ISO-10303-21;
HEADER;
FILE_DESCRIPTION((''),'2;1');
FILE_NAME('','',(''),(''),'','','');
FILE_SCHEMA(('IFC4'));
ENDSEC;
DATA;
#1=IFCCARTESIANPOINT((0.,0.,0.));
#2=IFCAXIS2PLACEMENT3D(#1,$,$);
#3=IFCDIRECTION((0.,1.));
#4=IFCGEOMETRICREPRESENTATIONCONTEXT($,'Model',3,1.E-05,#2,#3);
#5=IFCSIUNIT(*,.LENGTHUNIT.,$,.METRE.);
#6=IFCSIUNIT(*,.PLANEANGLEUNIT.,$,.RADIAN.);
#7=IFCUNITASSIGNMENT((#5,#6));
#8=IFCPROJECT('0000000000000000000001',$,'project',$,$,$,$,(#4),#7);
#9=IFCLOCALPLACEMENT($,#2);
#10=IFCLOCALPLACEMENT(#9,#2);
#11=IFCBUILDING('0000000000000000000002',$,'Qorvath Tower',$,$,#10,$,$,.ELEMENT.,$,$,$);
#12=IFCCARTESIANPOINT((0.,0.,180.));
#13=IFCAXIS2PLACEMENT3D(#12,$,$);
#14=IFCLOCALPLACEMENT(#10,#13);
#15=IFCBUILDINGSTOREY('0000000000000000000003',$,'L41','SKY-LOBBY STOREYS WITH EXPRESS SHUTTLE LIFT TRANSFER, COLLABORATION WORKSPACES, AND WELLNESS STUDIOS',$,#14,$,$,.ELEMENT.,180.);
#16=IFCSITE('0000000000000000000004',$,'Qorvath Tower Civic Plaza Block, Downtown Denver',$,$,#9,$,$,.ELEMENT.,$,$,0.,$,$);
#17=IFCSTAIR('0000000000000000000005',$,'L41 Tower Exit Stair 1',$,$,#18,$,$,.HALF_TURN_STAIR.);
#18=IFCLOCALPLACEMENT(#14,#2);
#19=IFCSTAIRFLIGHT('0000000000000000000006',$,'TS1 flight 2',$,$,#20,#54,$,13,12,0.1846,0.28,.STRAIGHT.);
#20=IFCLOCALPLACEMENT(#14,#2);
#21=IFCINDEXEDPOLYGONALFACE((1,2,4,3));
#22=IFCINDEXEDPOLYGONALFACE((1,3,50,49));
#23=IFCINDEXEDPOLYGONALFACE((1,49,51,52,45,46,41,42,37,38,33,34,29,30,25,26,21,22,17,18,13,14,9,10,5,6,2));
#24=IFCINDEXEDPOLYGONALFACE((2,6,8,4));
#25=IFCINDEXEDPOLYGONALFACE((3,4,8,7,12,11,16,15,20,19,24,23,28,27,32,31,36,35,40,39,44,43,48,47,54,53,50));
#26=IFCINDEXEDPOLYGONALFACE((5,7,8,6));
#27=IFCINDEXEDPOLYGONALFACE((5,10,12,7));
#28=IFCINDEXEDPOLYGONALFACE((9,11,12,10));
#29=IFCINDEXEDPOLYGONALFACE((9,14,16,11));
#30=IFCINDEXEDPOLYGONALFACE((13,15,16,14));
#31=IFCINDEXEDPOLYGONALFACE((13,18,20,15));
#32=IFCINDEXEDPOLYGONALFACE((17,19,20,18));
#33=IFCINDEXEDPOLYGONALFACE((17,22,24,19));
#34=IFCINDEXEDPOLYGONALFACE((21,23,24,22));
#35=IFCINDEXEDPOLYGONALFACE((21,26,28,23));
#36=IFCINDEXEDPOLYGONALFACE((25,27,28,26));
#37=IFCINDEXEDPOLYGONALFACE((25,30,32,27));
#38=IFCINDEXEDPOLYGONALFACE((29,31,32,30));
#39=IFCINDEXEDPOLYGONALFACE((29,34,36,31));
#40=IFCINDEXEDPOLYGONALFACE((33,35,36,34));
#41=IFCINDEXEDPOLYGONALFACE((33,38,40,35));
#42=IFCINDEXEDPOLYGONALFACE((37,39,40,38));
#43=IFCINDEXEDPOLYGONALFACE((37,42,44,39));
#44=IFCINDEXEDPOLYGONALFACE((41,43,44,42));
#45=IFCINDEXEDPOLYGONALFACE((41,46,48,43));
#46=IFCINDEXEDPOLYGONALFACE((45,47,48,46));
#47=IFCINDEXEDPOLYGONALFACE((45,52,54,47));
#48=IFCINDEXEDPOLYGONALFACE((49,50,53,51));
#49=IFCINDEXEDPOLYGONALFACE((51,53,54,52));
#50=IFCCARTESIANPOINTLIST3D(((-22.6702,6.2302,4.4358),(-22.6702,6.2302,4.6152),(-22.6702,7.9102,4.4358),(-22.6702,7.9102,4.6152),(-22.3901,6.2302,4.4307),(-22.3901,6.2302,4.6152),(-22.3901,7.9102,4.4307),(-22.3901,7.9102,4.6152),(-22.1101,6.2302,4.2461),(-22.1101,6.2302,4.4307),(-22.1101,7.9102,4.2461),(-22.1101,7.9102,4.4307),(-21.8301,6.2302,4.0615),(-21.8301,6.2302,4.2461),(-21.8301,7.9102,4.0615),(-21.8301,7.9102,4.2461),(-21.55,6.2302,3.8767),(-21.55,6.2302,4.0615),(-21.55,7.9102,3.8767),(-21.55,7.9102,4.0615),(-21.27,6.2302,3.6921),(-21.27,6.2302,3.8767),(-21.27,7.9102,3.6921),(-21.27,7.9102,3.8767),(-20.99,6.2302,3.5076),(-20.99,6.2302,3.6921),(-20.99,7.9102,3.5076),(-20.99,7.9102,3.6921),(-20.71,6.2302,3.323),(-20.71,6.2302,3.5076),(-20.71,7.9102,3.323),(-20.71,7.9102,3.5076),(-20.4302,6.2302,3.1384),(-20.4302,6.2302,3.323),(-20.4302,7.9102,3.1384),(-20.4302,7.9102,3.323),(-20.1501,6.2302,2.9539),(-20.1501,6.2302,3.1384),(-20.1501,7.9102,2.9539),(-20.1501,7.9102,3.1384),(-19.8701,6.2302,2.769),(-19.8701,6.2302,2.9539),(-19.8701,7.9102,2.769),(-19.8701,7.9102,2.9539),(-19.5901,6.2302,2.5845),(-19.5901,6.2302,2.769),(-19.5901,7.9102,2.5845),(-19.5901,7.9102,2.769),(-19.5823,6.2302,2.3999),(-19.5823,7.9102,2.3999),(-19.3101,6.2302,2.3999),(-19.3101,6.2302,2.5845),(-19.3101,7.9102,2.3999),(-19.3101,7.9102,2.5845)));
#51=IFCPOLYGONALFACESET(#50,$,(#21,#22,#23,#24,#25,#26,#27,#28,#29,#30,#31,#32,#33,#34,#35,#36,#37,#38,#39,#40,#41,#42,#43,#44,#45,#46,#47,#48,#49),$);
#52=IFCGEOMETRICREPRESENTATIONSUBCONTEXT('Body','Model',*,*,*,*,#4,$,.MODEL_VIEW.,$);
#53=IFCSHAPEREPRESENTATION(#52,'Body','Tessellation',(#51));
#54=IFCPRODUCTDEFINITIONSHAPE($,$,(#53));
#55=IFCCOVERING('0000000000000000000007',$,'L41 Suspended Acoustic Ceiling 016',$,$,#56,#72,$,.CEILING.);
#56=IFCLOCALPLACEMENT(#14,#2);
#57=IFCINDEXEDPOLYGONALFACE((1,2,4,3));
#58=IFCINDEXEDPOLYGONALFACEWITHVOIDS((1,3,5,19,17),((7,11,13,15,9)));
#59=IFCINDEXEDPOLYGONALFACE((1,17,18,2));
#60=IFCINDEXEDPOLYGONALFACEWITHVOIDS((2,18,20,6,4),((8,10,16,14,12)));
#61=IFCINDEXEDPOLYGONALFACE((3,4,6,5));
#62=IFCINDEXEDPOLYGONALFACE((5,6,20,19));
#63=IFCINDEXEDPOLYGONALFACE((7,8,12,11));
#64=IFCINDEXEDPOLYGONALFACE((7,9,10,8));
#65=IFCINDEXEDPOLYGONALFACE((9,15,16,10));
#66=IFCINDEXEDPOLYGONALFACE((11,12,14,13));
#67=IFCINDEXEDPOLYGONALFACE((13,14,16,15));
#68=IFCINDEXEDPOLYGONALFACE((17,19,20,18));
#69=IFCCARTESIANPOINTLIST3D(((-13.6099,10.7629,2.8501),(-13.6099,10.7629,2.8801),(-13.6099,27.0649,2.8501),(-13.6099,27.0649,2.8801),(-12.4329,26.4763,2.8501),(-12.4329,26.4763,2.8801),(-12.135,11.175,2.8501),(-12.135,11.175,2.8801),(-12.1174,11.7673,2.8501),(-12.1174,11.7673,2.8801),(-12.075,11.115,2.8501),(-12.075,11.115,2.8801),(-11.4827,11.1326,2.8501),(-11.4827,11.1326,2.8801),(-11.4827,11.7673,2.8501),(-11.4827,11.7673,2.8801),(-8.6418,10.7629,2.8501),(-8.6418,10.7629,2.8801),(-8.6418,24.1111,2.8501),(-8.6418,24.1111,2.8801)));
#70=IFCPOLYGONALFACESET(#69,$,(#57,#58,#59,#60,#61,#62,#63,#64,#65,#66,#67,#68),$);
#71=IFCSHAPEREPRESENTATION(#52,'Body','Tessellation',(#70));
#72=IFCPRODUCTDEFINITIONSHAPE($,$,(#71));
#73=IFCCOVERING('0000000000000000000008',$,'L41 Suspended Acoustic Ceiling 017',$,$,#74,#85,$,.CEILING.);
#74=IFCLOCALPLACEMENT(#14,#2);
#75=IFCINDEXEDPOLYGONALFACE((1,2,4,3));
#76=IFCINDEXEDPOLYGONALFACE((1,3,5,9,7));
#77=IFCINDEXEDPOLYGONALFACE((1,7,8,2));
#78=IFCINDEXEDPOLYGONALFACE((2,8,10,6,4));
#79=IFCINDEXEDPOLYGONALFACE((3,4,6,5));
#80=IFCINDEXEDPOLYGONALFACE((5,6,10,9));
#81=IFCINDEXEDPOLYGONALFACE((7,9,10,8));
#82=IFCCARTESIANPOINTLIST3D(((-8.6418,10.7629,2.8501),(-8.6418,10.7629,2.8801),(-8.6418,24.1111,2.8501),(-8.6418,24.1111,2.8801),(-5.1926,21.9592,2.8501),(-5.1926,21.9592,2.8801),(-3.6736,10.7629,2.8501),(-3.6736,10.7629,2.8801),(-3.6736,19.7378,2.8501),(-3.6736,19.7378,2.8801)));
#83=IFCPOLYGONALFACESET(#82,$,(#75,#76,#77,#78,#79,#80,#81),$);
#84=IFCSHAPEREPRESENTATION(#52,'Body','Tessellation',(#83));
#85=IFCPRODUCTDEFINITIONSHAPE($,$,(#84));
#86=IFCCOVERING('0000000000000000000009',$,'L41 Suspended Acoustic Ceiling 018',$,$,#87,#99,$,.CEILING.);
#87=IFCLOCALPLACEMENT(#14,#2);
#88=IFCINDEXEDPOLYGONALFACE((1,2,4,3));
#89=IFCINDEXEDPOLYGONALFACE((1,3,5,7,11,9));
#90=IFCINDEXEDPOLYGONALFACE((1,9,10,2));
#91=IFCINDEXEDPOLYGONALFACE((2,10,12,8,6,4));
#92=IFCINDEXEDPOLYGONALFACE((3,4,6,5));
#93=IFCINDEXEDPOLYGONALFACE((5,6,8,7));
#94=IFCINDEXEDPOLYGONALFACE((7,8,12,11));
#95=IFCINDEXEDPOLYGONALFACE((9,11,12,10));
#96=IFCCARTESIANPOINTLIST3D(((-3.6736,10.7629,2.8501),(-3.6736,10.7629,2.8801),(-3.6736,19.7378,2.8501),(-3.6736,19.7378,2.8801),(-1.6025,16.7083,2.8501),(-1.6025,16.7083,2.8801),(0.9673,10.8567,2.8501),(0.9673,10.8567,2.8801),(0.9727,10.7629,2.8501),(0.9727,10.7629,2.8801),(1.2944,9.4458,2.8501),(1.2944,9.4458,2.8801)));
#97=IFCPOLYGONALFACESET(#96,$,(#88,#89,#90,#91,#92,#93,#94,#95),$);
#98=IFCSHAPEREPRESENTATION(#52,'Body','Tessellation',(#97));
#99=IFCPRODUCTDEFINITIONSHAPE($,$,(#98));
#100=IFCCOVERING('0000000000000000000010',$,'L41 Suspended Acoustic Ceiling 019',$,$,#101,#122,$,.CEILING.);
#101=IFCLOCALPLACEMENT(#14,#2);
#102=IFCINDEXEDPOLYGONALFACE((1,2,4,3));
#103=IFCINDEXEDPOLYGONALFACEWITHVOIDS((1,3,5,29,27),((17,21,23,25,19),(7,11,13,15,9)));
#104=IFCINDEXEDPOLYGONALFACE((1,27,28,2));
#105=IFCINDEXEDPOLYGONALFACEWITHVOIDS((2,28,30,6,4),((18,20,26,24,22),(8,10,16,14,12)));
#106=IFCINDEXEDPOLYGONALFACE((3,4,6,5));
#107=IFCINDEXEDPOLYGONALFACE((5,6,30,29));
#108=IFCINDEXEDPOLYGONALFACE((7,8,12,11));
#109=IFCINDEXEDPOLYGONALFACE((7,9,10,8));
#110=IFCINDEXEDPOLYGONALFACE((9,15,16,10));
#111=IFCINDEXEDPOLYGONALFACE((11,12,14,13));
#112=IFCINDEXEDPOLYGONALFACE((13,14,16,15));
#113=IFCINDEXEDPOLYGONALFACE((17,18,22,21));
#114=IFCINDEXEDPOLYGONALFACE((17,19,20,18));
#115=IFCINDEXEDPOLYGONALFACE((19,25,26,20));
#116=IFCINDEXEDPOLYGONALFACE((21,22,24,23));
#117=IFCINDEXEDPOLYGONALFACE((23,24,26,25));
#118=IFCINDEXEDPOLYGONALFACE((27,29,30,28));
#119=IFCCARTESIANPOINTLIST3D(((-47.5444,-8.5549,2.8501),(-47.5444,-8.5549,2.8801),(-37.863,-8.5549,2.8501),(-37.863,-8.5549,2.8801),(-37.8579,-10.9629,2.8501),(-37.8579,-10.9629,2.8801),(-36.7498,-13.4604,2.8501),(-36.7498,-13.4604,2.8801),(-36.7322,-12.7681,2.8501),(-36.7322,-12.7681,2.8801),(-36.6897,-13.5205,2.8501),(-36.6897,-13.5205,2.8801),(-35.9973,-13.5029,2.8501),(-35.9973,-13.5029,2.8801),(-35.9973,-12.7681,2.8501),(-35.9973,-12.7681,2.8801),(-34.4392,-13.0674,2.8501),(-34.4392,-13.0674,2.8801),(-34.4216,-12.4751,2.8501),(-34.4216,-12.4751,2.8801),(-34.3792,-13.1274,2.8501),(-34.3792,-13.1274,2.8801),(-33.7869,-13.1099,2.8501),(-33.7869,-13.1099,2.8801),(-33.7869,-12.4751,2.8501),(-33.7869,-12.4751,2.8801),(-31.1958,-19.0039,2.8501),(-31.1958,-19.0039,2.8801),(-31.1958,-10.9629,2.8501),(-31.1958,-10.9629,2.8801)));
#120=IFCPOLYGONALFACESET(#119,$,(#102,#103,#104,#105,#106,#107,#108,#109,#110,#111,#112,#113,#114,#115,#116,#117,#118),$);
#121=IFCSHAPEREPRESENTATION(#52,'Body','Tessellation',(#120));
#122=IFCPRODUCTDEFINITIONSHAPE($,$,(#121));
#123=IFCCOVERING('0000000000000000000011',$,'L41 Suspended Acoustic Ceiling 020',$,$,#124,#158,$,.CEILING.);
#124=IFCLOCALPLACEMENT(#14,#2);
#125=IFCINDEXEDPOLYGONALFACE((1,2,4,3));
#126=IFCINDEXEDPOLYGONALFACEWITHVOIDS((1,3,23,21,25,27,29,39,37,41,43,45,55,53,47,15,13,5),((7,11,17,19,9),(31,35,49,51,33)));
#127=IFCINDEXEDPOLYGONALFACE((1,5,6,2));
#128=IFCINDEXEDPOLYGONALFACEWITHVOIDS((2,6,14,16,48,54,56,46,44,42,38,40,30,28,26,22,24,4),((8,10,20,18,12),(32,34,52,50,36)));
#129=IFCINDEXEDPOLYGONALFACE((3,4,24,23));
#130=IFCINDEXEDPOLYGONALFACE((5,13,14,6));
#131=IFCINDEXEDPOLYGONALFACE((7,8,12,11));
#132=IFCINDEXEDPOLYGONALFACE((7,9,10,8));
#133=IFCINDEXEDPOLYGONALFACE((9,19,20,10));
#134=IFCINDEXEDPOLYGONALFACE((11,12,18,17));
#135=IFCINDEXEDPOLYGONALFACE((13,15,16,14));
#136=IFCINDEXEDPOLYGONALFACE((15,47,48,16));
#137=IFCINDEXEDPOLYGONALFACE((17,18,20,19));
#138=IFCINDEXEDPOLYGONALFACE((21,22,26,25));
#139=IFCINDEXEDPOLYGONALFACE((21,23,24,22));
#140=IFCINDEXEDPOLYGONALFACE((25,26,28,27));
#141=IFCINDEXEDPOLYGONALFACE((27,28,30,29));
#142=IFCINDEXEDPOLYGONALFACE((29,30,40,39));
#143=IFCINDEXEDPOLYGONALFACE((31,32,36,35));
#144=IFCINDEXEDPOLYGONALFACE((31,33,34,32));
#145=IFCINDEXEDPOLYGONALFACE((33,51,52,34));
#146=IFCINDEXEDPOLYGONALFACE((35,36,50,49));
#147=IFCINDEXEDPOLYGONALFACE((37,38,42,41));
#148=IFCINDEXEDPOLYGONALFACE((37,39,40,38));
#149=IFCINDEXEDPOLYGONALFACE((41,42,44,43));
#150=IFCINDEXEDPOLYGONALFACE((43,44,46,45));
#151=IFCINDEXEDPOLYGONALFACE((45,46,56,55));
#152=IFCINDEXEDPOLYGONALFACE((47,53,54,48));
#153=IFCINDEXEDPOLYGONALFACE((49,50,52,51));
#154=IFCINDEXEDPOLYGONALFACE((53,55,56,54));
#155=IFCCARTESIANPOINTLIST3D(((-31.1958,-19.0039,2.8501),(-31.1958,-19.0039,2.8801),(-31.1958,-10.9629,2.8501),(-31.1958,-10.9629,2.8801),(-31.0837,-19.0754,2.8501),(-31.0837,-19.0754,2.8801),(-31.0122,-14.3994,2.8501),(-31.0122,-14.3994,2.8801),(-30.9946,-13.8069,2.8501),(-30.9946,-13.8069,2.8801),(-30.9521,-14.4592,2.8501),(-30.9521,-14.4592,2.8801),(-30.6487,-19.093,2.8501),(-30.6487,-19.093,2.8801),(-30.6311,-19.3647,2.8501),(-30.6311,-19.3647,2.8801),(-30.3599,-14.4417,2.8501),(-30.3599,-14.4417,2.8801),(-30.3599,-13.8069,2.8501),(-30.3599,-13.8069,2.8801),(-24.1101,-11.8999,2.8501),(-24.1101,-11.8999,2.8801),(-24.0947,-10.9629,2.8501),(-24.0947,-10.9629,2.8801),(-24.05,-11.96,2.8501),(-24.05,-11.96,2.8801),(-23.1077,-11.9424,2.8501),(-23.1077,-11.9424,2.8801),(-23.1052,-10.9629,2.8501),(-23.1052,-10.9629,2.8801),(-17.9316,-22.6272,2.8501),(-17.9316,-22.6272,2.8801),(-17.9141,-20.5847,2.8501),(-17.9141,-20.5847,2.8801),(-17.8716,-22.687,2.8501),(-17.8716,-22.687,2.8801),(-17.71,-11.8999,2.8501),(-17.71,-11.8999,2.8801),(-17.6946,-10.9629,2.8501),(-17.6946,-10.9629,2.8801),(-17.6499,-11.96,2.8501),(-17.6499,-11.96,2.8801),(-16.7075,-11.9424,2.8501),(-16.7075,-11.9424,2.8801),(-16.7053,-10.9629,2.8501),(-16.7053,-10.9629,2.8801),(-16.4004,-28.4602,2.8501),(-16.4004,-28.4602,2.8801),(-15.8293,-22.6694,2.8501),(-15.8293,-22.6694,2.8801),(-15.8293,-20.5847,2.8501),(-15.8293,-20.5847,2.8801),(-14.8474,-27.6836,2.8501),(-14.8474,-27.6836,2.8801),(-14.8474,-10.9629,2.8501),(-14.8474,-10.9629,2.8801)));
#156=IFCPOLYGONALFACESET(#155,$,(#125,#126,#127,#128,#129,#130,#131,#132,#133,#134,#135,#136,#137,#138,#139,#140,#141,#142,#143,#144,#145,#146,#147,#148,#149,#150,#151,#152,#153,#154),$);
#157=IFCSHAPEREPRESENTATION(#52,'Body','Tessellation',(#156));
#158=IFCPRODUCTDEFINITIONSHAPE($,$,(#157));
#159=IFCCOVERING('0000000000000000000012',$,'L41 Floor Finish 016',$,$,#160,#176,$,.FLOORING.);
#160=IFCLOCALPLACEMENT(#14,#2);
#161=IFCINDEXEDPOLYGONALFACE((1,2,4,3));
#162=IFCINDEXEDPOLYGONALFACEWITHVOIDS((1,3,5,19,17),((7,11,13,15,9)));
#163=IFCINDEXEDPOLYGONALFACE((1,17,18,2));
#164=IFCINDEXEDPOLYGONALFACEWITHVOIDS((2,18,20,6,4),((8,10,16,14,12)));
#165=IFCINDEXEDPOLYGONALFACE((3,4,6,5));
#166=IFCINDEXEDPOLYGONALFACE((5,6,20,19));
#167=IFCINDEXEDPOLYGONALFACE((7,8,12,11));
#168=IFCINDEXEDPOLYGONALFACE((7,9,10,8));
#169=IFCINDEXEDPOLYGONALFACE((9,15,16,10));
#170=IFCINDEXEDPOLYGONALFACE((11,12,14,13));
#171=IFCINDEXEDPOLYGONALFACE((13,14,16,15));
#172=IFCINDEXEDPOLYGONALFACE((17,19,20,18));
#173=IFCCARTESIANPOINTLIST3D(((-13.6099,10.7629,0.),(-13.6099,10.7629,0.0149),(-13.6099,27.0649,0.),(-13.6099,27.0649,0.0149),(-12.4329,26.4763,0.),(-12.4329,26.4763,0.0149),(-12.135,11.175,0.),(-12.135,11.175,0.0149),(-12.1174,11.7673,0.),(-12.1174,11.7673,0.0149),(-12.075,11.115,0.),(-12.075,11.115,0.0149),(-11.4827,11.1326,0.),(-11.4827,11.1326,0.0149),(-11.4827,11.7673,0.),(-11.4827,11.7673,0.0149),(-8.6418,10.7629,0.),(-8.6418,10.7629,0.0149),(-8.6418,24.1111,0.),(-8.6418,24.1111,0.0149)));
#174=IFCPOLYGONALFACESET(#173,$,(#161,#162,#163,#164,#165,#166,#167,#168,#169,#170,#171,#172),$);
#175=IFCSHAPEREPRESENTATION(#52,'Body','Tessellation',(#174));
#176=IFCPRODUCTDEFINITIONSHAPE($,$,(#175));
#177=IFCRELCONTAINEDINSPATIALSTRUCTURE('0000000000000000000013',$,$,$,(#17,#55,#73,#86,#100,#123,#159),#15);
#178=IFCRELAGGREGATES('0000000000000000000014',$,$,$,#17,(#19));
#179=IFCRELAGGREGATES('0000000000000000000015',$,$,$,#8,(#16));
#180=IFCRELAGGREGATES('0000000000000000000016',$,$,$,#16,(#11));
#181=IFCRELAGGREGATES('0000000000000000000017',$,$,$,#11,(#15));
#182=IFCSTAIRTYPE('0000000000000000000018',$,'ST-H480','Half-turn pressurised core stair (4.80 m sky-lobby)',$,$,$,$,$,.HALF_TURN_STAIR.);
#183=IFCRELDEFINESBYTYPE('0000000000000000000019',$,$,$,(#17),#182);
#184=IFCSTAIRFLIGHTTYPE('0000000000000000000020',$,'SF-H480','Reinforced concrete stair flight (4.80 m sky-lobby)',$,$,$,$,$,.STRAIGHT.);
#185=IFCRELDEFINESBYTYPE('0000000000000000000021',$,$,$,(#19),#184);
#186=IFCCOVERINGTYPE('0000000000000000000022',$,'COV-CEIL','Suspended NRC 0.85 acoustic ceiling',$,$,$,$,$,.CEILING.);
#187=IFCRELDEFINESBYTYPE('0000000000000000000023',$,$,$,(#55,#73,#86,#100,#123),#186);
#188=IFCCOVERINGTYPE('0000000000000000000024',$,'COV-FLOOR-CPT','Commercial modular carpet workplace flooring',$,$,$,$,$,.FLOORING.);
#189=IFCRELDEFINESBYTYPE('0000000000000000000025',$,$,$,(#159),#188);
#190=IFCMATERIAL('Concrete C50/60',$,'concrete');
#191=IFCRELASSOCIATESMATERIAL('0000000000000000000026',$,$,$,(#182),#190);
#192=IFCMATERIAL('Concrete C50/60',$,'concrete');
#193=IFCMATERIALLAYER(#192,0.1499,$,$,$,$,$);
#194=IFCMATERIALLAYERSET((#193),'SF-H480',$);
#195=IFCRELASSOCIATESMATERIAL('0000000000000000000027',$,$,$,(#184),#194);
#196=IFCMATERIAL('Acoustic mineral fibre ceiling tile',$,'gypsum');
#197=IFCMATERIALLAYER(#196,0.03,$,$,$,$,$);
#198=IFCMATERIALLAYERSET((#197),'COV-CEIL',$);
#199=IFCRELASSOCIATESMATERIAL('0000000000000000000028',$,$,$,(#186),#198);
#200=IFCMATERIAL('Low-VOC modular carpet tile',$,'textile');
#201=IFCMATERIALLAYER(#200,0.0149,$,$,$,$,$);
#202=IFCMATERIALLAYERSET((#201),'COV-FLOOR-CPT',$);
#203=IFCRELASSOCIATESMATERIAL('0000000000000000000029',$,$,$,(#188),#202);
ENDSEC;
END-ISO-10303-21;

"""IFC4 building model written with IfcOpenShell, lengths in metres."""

from ifc_helpers import new_model, si_unit, direction, frame, origin, place, context, subcontext, project, spatial, polyline, outline, extrude, material, layer, layer_set, type_object, element, aggregate, save


model = new_model("IFC4")

# Units and contexts
model_context = context("Model", 3, precision=1e-05, world=origin(), true_north=direction((0.0, 1.0)))
body_context = subcontext(model_context, "Body", "Model", "MODEL_VIEW")
ifc_project = project(units=[si_unit("LENGTHUNIT", "METRE"), si_unit("PLANEANGLEUNIT", "RADIAN")], contexts=[model_context])

# Site, building, storey
site_placement = place(None, origin())
site = spatial("IfcSite", under=ifc_project, at=site_placement, Name="Qorvath Tower Civic Plaza Block, Downtown Denver", CompositionType="ELEMENT", RefElevation=0.0)
building_placement = place(site_placement, origin())
building = spatial("IfcBuilding", under=site, at=building_placement, Name="Qorvath Tower", CompositionType="ELEMENT")
storey_placement = place(building_placement, frame((0.0, 0.0, 180.0)))
storey = spatial("IfcBuildingStorey", under=building, at=storey_placement, Name="L41", Description="SKY-LOBBY STOREYS WITH EXPRESS SHUTTLE LIFT TRANSFER, COLLABORATION WORKSPACES, AND WELLNESS STUDIOS", CompositionType="ELEMENT", Elevation=180.0)

# Stair, stair flight
ifc_material_1 = material(Name="Concrete C50/60", Category="concrete")
stair_type = type_object("IfcStairType", Name="ST-H480", Description="Half-turn pressurised core stair (4.80 m sky-lobby)", PredefinedType="HALF_TURN_STAIR", material=ifc_material_1)
stair_placement = place(storey_placement, origin())
stair = element("IfcStair", 1, at=stair_placement, inside=storey, type_object=stair_type, Name="L41 Tower Exit Stair 1", PredefinedType="HALF_TURN_STAIR")
ifc_material_2 = material(Name="Concrete C50/60", Category="concrete")
ifc_layer_1 = layer(ifc_material_2, 0.1499)
ifc_layer_set_1 = layer_set([ifc_layer_1], Name="SF-H480")
stair_flight_type = type_object("IfcStairFlightType", Name="SF-H480", Description="Reinforced concrete stair flight (4.80 m sky-lobby)", PredefinedType="STRAIGHT", material=ifc_layer_set_1)
stair_flight_placement = place(storey_placement, frame((-19.3101, 7.0701, 2.3999), z_axis=(0.0, 0.0, 1.0), x_axis=(-1.0, 0.0, 0.0)))
stair_flight = element("IfcStairFlight", 2, at=stair_flight_placement, type_object=stair_flight_type, Name="TS1 flight 2", NumberOfRisers=13, NumberOfTreads=12, PredefinedType="STRAIGHT", RiserHeight=0.1846, TreadLength=0.28, context=body_context, shape_type="SweptSolid", body=[
    extrude(outline(polyline([(0.0, 0.0), (0.0, 0.1846), (0.28, 0.1846), (0.28, 0.3691), (0.5601, 0.3691), (0.5601, 0.554), (0.8401, 0.554), (0.8401, 0.7385), (1.1201, 0.7385), (1.1201, 0.9231), (1.3999, 0.9231), (1.3999, 1.1077), (1.6799, 1.1077), (1.6799, 1.2922), (1.96, 1.2922), (1.96, 1.4768), (2.24, 1.4768), (2.24, 1.6616), (2.52, 1.6616), (2.52, 1.8462), (2.8, 1.8462), (2.8, 2.0308), (3.0801, 2.0308), (3.0801, 2.2153), (3.3601, 2.2153), (3.3601, 2.3999), (3.3601, 2.0359), (0.2722, 0.0), (0.0, 0.0)])), frame((0.0, 0.8398, 0.0), z_axis=(0.0, -1.0, 0.0), x_axis=(1.0, 0.0, 0.0)), (0.0, 0.0, 1.0), 1.6799),
])
aggregate(stair, [stair_flight])

# Coverings
ifc_material_3 = material(Name="Acoustic mineral fibre ceiling tile", Category="gypsum")
ifc_layer_2 = layer(ifc_material_3, 0.03)
ifc_layer_set_2 = layer_set([ifc_layer_2], Name="COV-CEIL")
covering_type_1 = type_object("IfcCoveringType", Name="COV-CEIL", Description="Suspended NRC 0.85 acoustic ceiling", PredefinedType="CEILING", material=ifc_layer_set_2)
covering_1_placement = place(storey_placement, frame((0.0, 0.0, 2.8501)))
element("IfcCovering", 3, at=covering_1_placement, inside=storey, type_object=covering_type_1, Name="L41 Suspended Acoustic Ceiling 016", PredefinedType="CEILING", context=body_context, shape_type="SweptSolid", body=[
    extrude(outline(polyline([(-8.6418, 10.7629), (-8.6418, 24.1111), (-12.4329, 26.4763), (-13.6099, 27.0649), (-13.6099, 10.7629), (-8.6418, 10.7629)]), holes=[polyline([(-12.135, 11.175), (-12.1174, 11.7673), (-11.4827, 11.7673), (-11.4827, 11.1326), (-12.075, 11.115), (-12.135, 11.175)])]), origin(), (0.0, 0.0, 1.0), 0.03),
])
covering_2_placement = place(storey_placement, frame((0.0, 0.0, 2.8501)))
element("IfcCovering", 4, at=covering_2_placement, inside=storey, type_object=covering_type_1, Name="L41 Suspended Acoustic Ceiling 017", PredefinedType="CEILING", context=body_context, shape_type="SweptSolid", body=[
    extrude(outline(polyline([(-3.6736, 10.7629), (-3.6736, 19.7378), (-5.1926, 21.9592), (-8.6418, 24.1111), (-8.6418, 10.7629), (-3.6736, 10.7629)])), origin(), (0.0, 0.0, 1.0), 0.03),
])
covering_3_placement = place(storey_placement, frame((0.0, 0.0, 2.8501)))
element("IfcCovering", 5, at=covering_3_placement, inside=storey, type_object=covering_type_1, Name="L41 Suspended Acoustic Ceiling 018", PredefinedType="CEILING", context=body_context, shape_type="SweptSolid", body=[
    extrude(outline(polyline([(0.9673, 10.8567), (-1.6025, 16.7083), (-3.6736, 19.7378), (-3.6736, 10.7629), (0.9727, 10.7629), (1.2944, 9.4458), (0.9673, 10.8567)])), origin(), (0.0, 0.0, 1.0), 0.03),
])
covering_4_placement = place(storey_placement, frame((0.0, 0.0, 2.8501)))
element("IfcCovering", 6, at=covering_4_placement, inside=storey, type_object=covering_type_1, Name="L41 Suspended Acoustic Ceiling 019", PredefinedType="CEILING", context=body_context, shape_type="SweptSolid", body=[
    extrude(outline(polyline([(-31.1958, -19.0039), (-31.1958, -10.9629), (-37.8579, -10.9629), (-37.863, -8.5549), (-47.5444, -8.5549), (-31.1958, -19.0039)]), holes=[polyline([(-34.4392, -13.0674), (-34.4216, -12.4751), (-33.7869, -12.4751), (-33.7869, -13.1099), (-34.3792, -13.1274), (-34.4392, -13.0674)]), polyline([(-36.7498, -13.4604), (-36.7322, -12.7681), (-35.9973, -12.7681), (-35.9973, -13.5029), (-36.6897, -13.5205), (-36.7498, -13.4604)])]), origin(), (0.0, 0.0, 1.0), 0.03),
])
covering_5_placement = place(storey_placement, frame((0.0, 0.0, 2.8501)))
element("IfcCovering", 7, at=covering_5_placement, inside=storey, type_object=covering_type_1, Name="L41 Suspended Acoustic Ceiling 020", PredefinedType="CEILING", context=body_context, shape_type="SweptSolid", body=[
    extrude(outline(polyline([(-14.8474, -27.6836), (-14.8474, -10.9629), (-16.7053, -10.9629), (-16.7075, -11.9424), (-17.6499, -11.96), (-17.71, -11.8999), (-17.6946, -10.9629), (-23.1052, -10.9629), (-23.1077, -11.9424), (-24.05, -11.96), (-24.1101, -11.8999), (-24.0947, -10.9629), (-31.1958, -10.9629), (-31.1958, -19.0039), (-31.0837, -19.0754), (-30.6487, -19.093), (-30.6311, -19.3647), (-16.4004, -28.4602), (-14.8474, -27.6836)]), holes=[polyline([(-17.9316, -22.6272), (-17.9141, -20.5847), (-15.8293, -20.5847), (-15.8293, -22.6694), (-17.8716, -22.687), (-17.9316, -22.6272)]), polyline([(-31.0122, -14.3994), (-30.9946, -13.8069), (-30.3599, -13.8069), (-30.3599, -14.4417), (-30.9521, -14.4592), (-31.0122, -14.3994)])]), origin(), (0.0, 0.0, 1.0), 0.03),
])
ifc_material_4 = material(Name="Low-VOC modular carpet tile", Category="textile")
ifc_layer_3 = layer(ifc_material_4, 0.0149)
ifc_layer_set_3 = layer_set([ifc_layer_3], Name="COV-FLOOR-CPT")
covering_type_2 = type_object("IfcCoveringType", Name="COV-FLOOR-CPT", Description="Commercial modular carpet workplace flooring", PredefinedType="FLOORING", material=ifc_layer_set_3)
covering_6_placement = place(storey_placement, origin())
element("IfcCovering", 8, at=covering_6_placement, inside=storey, type_object=covering_type_2, Name="L41 Floor Finish 016", PredefinedType="FLOORING", context=body_context, shape_type="SweptSolid", body=[
    extrude(outline(polyline([(-8.6418, 10.7629), (-8.6418, 24.1111), (-12.4329, 26.4763), (-13.6099, 27.0649), (-13.6099, 10.7629), (-8.6418, 10.7629)]), holes=[polyline([(-12.135, 11.175), (-12.1174, 11.7673), (-11.4827, 11.7673), (-11.4827, 11.1326), (-12.075, 11.115), (-12.135, 11.175)])]), origin(), (0.0, 0.0, 1.0), 0.0149),
])

save(model, "model.ifc")
